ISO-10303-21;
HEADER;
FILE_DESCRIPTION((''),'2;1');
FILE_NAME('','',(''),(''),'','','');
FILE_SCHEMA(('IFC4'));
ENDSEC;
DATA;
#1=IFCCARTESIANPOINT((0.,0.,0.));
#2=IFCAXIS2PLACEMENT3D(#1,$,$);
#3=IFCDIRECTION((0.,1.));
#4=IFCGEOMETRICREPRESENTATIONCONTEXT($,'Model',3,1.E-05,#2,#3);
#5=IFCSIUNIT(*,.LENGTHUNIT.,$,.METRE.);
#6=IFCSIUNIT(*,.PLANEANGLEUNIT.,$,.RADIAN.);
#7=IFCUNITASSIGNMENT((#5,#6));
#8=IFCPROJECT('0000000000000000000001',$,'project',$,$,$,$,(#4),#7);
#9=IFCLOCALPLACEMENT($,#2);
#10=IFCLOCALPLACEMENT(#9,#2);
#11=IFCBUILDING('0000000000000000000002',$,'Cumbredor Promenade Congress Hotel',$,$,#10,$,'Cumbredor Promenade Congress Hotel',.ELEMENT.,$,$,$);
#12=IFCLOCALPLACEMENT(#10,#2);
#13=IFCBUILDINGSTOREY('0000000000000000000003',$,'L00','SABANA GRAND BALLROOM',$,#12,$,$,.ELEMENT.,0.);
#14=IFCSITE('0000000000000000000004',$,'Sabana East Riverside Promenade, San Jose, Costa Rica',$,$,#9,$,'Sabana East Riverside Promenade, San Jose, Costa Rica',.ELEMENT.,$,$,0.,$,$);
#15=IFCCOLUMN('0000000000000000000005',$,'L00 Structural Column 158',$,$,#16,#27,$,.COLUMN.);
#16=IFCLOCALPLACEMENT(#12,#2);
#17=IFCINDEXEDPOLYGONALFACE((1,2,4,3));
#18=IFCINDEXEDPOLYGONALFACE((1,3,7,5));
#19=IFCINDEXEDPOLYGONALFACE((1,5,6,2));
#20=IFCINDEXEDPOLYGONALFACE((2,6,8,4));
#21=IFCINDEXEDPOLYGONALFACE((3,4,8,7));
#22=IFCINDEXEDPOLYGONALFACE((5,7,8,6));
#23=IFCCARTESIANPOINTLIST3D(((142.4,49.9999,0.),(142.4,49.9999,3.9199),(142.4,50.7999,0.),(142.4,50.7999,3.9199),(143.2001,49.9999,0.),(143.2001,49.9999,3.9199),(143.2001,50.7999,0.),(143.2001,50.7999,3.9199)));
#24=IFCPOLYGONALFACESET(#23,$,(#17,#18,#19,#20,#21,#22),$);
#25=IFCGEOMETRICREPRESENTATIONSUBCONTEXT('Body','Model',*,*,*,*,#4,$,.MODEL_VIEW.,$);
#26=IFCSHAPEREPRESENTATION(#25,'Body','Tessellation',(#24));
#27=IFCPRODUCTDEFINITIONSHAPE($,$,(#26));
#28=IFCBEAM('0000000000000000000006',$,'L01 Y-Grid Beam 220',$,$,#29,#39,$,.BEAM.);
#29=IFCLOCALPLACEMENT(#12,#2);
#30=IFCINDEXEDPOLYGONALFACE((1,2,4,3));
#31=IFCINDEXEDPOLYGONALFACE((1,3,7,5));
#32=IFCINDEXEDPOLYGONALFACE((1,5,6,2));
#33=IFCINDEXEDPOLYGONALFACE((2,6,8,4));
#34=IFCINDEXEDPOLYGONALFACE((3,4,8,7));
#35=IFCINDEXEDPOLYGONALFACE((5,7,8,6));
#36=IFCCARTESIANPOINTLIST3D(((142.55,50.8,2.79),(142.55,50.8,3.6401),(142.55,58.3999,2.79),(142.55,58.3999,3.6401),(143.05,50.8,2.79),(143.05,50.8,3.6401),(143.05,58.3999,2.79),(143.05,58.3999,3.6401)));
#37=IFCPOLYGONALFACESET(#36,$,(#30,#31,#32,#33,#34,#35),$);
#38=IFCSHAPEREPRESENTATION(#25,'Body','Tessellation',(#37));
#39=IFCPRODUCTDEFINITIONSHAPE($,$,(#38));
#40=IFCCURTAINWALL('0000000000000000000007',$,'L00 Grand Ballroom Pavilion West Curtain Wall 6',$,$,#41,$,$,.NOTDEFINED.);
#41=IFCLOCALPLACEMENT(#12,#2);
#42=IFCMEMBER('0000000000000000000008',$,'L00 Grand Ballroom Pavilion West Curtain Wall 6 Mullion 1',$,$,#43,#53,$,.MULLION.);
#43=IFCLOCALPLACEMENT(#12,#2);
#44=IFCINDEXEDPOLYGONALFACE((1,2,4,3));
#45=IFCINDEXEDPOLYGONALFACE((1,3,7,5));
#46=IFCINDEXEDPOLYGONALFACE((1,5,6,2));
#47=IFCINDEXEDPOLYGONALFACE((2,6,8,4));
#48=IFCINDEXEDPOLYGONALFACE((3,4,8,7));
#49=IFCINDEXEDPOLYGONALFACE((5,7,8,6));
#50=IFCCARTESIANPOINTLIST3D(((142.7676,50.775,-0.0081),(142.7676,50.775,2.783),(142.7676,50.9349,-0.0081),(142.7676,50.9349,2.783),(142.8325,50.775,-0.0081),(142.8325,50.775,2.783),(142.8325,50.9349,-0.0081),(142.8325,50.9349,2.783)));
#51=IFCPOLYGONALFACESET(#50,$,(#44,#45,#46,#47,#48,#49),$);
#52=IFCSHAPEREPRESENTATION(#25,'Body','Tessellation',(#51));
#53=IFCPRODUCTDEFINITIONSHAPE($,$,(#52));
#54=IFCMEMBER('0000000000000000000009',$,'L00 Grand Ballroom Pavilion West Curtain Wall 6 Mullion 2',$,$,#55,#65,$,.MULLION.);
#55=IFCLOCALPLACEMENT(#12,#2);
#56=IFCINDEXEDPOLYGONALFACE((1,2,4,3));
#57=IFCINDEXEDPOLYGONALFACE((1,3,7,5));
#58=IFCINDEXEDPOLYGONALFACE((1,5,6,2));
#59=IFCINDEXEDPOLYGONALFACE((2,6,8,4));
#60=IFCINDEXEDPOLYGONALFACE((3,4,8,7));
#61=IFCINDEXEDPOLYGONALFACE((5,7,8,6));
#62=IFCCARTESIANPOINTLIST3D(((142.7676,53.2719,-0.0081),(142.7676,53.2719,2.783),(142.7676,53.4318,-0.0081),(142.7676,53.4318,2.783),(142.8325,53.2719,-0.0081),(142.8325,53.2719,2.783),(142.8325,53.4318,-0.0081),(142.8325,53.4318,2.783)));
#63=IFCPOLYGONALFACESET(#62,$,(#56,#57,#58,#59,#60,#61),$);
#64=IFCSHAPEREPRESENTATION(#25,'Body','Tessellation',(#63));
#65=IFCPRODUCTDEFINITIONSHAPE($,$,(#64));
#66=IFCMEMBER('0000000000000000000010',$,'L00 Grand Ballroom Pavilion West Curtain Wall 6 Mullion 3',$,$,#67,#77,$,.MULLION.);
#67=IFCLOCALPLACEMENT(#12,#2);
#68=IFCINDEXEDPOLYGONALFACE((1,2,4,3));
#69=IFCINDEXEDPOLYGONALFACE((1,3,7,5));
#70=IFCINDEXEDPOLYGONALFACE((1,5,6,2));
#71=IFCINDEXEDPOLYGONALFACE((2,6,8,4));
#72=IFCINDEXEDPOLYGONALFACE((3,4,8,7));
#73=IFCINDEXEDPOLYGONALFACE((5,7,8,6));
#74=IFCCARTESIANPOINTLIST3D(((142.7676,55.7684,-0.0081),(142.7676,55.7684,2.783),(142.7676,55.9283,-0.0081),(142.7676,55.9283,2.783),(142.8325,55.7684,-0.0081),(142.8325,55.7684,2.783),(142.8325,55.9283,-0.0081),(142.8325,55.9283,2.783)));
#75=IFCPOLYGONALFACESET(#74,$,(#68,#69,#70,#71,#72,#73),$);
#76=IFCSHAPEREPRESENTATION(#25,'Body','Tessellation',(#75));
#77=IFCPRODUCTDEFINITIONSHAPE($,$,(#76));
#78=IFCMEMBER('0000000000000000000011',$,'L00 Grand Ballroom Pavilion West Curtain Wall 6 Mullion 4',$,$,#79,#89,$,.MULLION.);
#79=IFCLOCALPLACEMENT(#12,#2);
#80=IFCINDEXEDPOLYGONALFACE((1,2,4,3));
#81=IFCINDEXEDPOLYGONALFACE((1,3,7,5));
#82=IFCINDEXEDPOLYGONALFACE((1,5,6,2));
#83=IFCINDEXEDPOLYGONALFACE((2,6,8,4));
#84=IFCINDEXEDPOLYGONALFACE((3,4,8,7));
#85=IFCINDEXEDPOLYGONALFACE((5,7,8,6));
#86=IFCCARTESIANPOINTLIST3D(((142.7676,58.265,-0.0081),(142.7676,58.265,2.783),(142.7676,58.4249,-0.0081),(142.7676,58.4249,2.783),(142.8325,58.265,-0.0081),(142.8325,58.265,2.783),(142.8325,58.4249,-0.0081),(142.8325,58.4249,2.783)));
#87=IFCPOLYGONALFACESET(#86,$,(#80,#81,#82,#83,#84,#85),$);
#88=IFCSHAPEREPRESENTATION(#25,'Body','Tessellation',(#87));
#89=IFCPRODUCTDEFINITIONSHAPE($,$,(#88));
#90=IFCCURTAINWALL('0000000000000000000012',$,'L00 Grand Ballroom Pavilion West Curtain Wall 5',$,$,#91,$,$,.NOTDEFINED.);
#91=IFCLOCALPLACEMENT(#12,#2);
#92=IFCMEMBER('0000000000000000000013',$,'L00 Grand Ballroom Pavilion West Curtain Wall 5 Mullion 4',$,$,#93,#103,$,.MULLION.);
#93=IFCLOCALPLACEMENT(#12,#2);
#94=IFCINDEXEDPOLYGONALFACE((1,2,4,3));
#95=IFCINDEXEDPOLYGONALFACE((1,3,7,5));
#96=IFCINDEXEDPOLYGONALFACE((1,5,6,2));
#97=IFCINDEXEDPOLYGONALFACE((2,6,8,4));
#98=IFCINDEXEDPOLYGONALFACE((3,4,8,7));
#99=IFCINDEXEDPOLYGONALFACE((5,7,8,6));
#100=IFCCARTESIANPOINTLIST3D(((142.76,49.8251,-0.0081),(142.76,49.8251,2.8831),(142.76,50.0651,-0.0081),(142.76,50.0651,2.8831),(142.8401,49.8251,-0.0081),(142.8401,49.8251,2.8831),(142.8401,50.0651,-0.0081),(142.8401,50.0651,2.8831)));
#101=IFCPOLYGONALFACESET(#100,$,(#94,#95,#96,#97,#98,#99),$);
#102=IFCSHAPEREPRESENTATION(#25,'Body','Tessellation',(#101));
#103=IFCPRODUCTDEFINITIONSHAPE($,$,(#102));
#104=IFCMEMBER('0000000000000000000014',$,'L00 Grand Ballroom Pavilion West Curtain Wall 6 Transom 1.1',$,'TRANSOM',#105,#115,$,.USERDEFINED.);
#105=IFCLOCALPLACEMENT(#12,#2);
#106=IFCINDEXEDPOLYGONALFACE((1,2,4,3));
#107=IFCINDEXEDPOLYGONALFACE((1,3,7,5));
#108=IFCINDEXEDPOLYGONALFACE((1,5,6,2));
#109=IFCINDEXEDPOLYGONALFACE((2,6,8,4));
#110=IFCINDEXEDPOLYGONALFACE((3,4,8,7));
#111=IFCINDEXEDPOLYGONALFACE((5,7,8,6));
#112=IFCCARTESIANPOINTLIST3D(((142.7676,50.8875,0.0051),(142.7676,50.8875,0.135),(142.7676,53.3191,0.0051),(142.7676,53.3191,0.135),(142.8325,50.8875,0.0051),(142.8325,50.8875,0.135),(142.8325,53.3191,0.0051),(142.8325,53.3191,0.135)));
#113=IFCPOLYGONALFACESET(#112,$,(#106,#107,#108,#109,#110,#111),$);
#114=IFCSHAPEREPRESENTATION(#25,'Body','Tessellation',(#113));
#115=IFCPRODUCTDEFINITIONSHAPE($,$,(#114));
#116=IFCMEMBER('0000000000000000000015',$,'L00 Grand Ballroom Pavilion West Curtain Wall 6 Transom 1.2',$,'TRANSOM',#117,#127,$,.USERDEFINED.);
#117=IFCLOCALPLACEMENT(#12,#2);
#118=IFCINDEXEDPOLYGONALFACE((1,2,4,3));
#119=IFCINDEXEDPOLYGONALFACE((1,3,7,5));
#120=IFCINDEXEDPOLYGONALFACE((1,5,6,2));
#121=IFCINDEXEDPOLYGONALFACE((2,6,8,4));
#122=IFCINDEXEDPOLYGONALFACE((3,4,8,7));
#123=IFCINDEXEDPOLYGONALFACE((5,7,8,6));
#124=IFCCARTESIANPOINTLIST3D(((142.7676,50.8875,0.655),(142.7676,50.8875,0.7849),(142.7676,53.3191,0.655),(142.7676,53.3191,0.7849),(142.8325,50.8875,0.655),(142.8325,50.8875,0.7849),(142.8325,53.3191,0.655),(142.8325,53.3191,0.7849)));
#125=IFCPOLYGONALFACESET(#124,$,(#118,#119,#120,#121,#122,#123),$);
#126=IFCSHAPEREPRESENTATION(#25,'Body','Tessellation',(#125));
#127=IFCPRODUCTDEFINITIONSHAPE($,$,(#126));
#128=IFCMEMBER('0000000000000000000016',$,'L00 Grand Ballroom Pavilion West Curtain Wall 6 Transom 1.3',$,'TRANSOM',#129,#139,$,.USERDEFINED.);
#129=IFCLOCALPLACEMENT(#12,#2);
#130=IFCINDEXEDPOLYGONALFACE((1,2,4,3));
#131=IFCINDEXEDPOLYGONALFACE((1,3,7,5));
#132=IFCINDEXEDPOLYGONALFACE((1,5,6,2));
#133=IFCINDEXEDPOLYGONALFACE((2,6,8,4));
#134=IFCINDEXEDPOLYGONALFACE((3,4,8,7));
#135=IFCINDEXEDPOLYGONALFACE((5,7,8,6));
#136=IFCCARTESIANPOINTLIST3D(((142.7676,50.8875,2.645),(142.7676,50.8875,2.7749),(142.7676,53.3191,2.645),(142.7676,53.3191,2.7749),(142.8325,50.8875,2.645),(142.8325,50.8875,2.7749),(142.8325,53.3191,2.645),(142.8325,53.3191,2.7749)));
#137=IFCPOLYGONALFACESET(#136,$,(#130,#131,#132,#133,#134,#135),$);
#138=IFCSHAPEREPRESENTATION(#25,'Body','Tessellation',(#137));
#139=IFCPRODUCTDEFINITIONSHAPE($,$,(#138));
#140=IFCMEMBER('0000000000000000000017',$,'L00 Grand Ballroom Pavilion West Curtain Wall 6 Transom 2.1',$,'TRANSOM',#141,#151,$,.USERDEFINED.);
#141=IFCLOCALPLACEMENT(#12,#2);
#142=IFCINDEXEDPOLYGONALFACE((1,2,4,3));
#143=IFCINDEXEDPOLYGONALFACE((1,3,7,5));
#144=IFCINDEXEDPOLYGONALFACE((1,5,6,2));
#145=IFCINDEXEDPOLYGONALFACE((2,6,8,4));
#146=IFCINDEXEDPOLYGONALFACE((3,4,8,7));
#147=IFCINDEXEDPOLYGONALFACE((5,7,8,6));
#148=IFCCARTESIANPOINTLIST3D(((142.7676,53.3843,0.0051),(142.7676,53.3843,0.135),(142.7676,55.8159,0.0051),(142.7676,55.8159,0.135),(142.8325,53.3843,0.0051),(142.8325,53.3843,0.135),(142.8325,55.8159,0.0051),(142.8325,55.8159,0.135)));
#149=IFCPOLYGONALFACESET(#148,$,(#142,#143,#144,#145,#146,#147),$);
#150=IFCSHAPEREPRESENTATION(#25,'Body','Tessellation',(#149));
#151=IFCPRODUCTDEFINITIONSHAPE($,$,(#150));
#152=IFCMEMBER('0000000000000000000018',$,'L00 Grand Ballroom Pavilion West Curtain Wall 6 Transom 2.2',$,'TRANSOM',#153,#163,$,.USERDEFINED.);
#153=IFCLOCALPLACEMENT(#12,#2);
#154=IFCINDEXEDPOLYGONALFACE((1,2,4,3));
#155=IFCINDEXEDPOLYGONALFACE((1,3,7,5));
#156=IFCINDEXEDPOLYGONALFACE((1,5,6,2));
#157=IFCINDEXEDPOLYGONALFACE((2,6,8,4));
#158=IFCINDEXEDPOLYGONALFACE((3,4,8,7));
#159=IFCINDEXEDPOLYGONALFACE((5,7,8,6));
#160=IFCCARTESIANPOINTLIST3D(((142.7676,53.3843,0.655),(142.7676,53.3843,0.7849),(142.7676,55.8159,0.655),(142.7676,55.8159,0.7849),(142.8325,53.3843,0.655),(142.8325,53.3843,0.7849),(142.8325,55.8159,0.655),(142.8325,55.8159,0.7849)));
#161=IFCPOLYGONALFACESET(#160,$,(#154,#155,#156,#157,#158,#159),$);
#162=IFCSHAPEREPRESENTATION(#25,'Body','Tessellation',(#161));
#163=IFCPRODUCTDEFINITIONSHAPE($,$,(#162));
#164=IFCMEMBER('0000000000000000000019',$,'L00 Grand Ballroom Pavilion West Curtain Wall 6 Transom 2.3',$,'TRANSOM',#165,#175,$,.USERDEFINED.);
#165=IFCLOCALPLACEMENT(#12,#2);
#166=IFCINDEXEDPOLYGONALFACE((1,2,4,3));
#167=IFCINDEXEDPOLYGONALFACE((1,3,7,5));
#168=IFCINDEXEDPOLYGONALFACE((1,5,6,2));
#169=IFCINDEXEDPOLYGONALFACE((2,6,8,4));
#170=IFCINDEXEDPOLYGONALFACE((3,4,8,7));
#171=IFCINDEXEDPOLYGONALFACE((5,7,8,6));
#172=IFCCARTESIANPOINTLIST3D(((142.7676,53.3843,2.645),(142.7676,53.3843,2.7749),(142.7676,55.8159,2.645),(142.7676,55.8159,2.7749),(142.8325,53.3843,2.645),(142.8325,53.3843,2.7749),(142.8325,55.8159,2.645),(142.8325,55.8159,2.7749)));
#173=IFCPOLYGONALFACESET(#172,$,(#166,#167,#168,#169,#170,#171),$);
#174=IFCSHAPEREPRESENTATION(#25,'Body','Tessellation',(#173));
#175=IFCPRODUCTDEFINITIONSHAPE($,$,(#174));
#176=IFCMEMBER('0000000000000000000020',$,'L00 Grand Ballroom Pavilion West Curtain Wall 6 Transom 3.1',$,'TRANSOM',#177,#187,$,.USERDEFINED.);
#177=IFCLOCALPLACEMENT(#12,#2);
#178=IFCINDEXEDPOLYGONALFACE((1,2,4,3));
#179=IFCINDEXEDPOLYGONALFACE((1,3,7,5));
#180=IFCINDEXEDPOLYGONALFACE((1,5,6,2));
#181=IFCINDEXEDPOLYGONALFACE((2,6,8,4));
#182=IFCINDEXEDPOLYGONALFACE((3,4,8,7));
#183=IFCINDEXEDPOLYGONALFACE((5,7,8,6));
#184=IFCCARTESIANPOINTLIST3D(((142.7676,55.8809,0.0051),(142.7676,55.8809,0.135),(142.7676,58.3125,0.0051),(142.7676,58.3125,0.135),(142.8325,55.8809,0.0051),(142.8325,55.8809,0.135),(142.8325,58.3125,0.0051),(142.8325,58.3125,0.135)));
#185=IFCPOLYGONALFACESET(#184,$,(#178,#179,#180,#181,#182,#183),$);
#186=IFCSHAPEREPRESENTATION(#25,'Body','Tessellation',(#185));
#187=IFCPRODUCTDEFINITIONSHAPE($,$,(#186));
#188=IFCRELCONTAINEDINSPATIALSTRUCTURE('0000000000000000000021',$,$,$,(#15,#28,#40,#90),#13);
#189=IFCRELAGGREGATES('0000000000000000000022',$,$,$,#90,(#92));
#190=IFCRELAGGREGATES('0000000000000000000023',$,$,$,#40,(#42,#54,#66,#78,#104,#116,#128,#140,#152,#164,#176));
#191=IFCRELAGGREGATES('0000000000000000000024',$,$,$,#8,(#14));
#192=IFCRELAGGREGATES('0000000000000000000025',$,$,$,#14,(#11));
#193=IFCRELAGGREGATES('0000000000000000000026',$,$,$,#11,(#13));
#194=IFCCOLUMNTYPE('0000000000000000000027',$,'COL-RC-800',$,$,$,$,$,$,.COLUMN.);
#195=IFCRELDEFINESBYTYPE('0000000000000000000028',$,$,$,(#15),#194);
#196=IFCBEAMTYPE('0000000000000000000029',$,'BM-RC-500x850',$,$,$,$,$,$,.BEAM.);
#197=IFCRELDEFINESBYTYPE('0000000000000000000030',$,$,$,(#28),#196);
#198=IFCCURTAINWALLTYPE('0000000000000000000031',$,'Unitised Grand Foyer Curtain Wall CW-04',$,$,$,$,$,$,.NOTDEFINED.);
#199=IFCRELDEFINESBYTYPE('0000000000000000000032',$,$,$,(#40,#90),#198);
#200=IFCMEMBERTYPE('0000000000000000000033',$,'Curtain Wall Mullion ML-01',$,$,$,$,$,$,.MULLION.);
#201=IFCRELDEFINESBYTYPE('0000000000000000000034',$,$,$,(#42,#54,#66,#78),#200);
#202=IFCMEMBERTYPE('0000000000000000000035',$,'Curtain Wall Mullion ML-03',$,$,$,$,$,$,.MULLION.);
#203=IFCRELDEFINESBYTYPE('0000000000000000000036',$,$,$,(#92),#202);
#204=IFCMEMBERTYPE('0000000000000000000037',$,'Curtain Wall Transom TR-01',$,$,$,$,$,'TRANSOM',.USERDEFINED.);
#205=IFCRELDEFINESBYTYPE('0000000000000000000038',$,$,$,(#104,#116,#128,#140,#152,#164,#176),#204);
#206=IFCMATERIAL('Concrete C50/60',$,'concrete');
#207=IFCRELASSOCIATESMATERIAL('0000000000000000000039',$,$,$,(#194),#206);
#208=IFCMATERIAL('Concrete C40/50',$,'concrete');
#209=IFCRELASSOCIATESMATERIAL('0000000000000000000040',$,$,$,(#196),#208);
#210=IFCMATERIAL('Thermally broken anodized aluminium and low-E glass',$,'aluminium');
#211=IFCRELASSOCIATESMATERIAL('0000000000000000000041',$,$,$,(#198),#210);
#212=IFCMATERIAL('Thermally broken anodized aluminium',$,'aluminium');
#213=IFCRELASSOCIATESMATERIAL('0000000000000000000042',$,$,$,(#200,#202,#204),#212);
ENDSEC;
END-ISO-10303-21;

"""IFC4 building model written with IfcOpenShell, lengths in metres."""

from ifc_helpers import new_model, si_unit, direction, frame, origin, origin_2d, place, context, subcontext, project, spatial, rectangle, extrude, material, material_profile, profile_set, type_object, element, aggregate, save


model = new_model("IFC4")

# Units and contexts
model_context = context("Model", 3, precision=1e-05, world=origin(), true_north=direction((0.0, 1.0)))
body_context = subcontext(model_context, "Body", "Model", "MODEL_VIEW")
ifc_project = project(units=[si_unit("LENGTHUNIT", "METRE"), si_unit("PLANEANGLEUNIT", "RADIAN")], contexts=[model_context])

# Site, building, storey
site_placement = place(None, origin())
site = spatial("IfcSite", under=ifc_project, at=site_placement, Name="Sabana East Riverside Promenade, San Jose, Costa Rica", LongName="Sabana East Riverside Promenade, San Jose, Costa Rica", CompositionType="ELEMENT", RefElevation=0.0)
building_placement = place(site_placement, origin())
building = spatial("IfcBuilding", under=site, at=building_placement, Name="Cumbredor Promenade Congress Hotel", LongName="Cumbredor Promenade Congress Hotel", CompositionType="ELEMENT")
storey_placement = place(building_placement, origin())
storey = spatial("IfcBuildingStorey", under=building, at=storey_placement, Name="L00", Description="SABANA GRAND BALLROOM", CompositionType="ELEMENT", Elevation=0.0)

# Column
ifc_material_1 = material(Name="Concrete C50/60", Category="concrete")
ifc_material_profile_1 = material_profile(ifc_material_1, rectangle(XDim=0.8, YDim=0.8, at=origin_2d()), Name="RC 800x800")
ifc_profile_set_1 = profile_set([ifc_material_profile_1], Name="Concrete C50/60")
column_type = type_object("IfcColumnType", Name="COL-RC-800", PredefinedType="COLUMN", material=ifc_profile_set_1)
column_placement = place(storey_placement, frame((142.8, 50.3999, 0.0), z_axis=(0.0, 0.0, 1.0), x_axis=(1.0, 0.0, 0.0)))
element("IfcColumn", 1, at=column_placement, inside=storey, type_object=column_type, Name="L00 Structural Column 158", PredefinedType="COLUMN", context=body_context, shape_type="SweptSolid", body=[
    extrude(rectangle(XDim=0.8, YDim=0.8, at=origin_2d()), origin(), (0.0, 0.0, 1.0), 3.9199),
])

# Beam
ifc_material_2 = material(Name="Concrete C40/50", Category="concrete")
ifc_material_profile_2 = material_profile(ifc_material_2, rectangle(XDim=0.5, YDim=0.8501, at=origin_2d()), Name="RC BEAM 500x850")
ifc_profile_set_2 = profile_set([ifc_material_profile_2], Name="Concrete C40/50")
beam_type = type_object("IfcBeamType", Name="BM-RC-500x850", PredefinedType="BEAM", material=ifc_profile_set_2)
beam_placement = place(storey_placement, frame((142.8, 50.8, 3.2151), z_axis=(0.0, 1.0, 0.0), x_axis=(-1.0, 0.0, 0.0)))
element("IfcBeam", 2, at=beam_placement, inside=storey, type_object=beam_type, Name="L01 Y-Grid Beam 220", PredefinedType="BEAM", context=body_context, shape_type="SweptSolid", body=[
    extrude(rectangle(XDim=0.5, YDim=0.8501, at=origin_2d()), origin(), (0.0, 0.0, 1.0), 7.5999),
])

# Curtain wall, members
ifc_material_3 = material(Name="Thermally broken anodized aluminium and low-E glass", Category="aluminium")
curtain_wall_type = type_object("IfcCurtainWallType", Name="Unitised Grand Foyer Curtain Wall CW-04", PredefinedType="NOTDEFINED", material=ifc_material_3)
curtain_wall_1_placement = place(storey_placement, origin())
curtain_wall_1 = element("IfcCurtainWall", 3, at=curtain_wall_1_placement, inside=storey, type_object=curtain_wall_type, Name="L00 Grand Ballroom Pavilion West Curtain Wall 6", PredefinedType="NOTDEFINED")
ifc_material_4 = material(Name="Thermally broken anodized aluminium", Category="aluminium")
ifc_material_profile_3 = material_profile(ifc_material_4, rectangle(XDim=0.0649, YDim=0.1599, at=origin_2d()), Name="ALU MULLION 65x160")
ifc_profile_set_3 = profile_set([ifc_material_profile_3], Name="Thermally broken anodized aluminium")
member_type_1 = type_object("IfcMemberType", Name="Curtain Wall Mullion ML-01", PredefinedType="MULLION", material=ifc_profile_set_3)
member_1_placement = place(storey_placement, frame((142.8, 50.855, -0.0081), z_axis=(0.0, 0.0, 1.0), x_axis=(1.0, 0.0, 0.0)))
member_1 = element("IfcMember", 4, at=member_1_placement, type_object=member_type_1, Name="L00 Grand Ballroom Pavilion West Curtain Wall 6 Mullion 1", PredefinedType="MULLION", context=body_context, shape_type="SweptSolid", body=[
    extrude(rectangle(XDim=0.0649, YDim=0.1599, at=origin_2d()), origin(), (0.0, 0.0, 1.0), 2.791),
])
member_2_placement = place(storey_placement, frame((142.8, 53.3518, -0.0081), z_axis=(0.0, 0.0, 1.0), x_axis=(1.0, 0.0, 0.0)))
member_2 = element("IfcMember", 5, at=member_2_placement, type_object=member_type_1, Name="L00 Grand Ballroom Pavilion West Curtain Wall 6 Mullion 2", PredefinedType="MULLION", context=body_context, shape_type="SweptSolid", body=[
    extrude(rectangle(XDim=0.0649, YDim=0.1599, at=origin_2d()), origin(), (0.0, 0.0, 1.0), 2.791),
])
member_3_placement = place(storey_placement, frame((142.8, 55.8484, -0.0081), z_axis=(0.0, 0.0, 1.0), x_axis=(1.0, 0.0, 0.0)))
member_3 = element("IfcMember", 6, at=member_3_placement, type_object=member_type_1, Name="L00 Grand Ballroom Pavilion West Curtain Wall 6 Mullion 3", PredefinedType="MULLION", context=body_context, shape_type="SweptSolid", body=[
    extrude(rectangle(XDim=0.0649, YDim=0.1599, at=origin_2d()), origin(), (0.0, 0.0, 1.0), 2.791),
])
member_4_placement = place(storey_placement, frame((142.8, 58.345, -0.0081), z_axis=(0.0, 0.0, 1.0), x_axis=(1.0, 0.0, 0.0)))
member_4 = element("IfcMember", 7, at=member_4_placement, type_object=member_type_1, Name="L00 Grand Ballroom Pavilion West Curtain Wall 6 Mullion 4", PredefinedType="MULLION", context=body_context, shape_type="SweptSolid", body=[
    extrude(rectangle(XDim=0.0649, YDim=0.1599, at=origin_2d()), origin(), (0.0, 0.0, 1.0), 2.791),
])

# Curtain wall, member
curtain_wall_2_placement = place(storey_placement, origin())
curtain_wall_2 = element("IfcCurtainWall", 8, at=curtain_wall_2_placement, inside=storey, type_object=curtain_wall_type, Name="L00 Grand Ballroom Pavilion West Curtain Wall 5", PredefinedType="NOTDEFINED")
ifc_material_profile_4 = material_profile(ifc_material_4, rectangle(XDim=0.0801, YDim=0.24, at=origin_2d()), Name="ALU MULLION 80x240")
ifc_profile_set_4 = profile_set([ifc_material_profile_4], Name="Thermally broken anodized aluminium")
member_type_2 = type_object("IfcMemberType", Name="Curtain Wall Mullion ML-03", PredefinedType="MULLION", material=ifc_profile_set_4)
member_5_placement = place(storey_placement, frame((142.8, 49.9451, -0.0081), z_axis=(0.0, 0.0, 1.0), x_axis=(1.0, 0.0, 0.0)))
member_5 = element("IfcMember", 9, at=member_5_placement, type_object=member_type_2, Name="L00 Grand Ballroom Pavilion West Curtain Wall 5 Mullion 4", PredefinedType="MULLION", context=body_context, shape_type="SweptSolid", body=[
    extrude(rectangle(XDim=0.0801, YDim=0.24, at=origin_2d()), origin(), (0.0, 0.0, 1.0), 2.8911),
])
aggregate(curtain_wall_2, [member_5])

# Members
ifc_material_profile_5 = material_profile(ifc_material_4, rectangle(XDim=0.0649, YDim=0.1299, at=origin_2d()), Name="ALU TRANSOM 65x130")
ifc_profile_set_5 = profile_set([ifc_material_profile_5], Name="Thermally broken anodized aluminium")
member_type_3 = type_object("IfcMemberType", Name="Curtain Wall Transom TR-01", ElementType="TRANSOM", PredefinedType="USERDEFINED", material=ifc_profile_set_5)
member_6_placement = place(storey_placement, frame((142.8, 50.8875, 0.0701), z_axis=(0.0, 1.0, 0.0), x_axis=(-1.0, 0.0, 0.0)))
member_6 = element("IfcMember", 10, at=member_6_placement, type_object=member_type_3, Name="L00 Grand Ballroom Pavilion West Curtain Wall 6 Transom 1.1", ObjectType="TRANSOM", PredefinedType="USERDEFINED", context=body_context, shape_type="SweptSolid", body=[
    extrude(rectangle(XDim=0.0649, YDim=0.1299, at=origin_2d()), origin(), (0.0, 0.0, 1.0), 2.4316),
])
member_7_placement = place(storey_placement, frame((142.8, 50.8875, 0.72), z_axis=(0.0, 1.0, 0.0), x_axis=(-1.0, 0.0, 0.0)))
member_7 = element("IfcMember", 11, at=member_7_placement, type_object=member_type_3, Name="L00 Grand Ballroom Pavilion West Curtain Wall 6 Transom 1.2", ObjectType="TRANSOM", PredefinedType="USERDEFINED", context=body_context, shape_type="SweptSolid", body=[
    extrude(rectangle(XDim=0.0649, YDim=0.1299, at=origin_2d()), origin(), (0.0, 0.0, 1.0), 2.4316),
])
member_8_placement = place(storey_placement, frame((142.8, 50.8875, 2.71), z_axis=(0.0, 1.0, 0.0), x_axis=(-1.0, 0.0, 0.0)))
member_8 = element("IfcMember", 12, at=member_8_placement, type_object=member_type_3, Name="L00 Grand Ballroom Pavilion West Curtain Wall 6 Transom 1.3", ObjectType="TRANSOM", PredefinedType="USERDEFINED", context=body_context, shape_type="SweptSolid", body=[
    extrude(rectangle(XDim=0.0649, YDim=0.1299, at=origin_2d()), origin(), (0.0, 0.0, 1.0), 2.4316),
])
member_9_placement = place(storey_placement, frame((142.8, 53.3843, 0.0701), z_axis=(0.0, 1.0, 0.0), x_axis=(-1.0, 0.0, 0.0)))
member_9 = element("IfcMember", 13, at=member_9_placement, type_object=member_type_3, Name="L00 Grand Ballroom Pavilion West Curtain Wall 6 Transom 2.1", ObjectType="TRANSOM", PredefinedType="USERDEFINED", context=body_context, shape_type="SweptSolid", body=[
    extrude(rectangle(XDim=0.0649, YDim=0.1299, at=origin_2d()), origin(), (0.0, 0.0, 1.0), 2.4316),
])
member_10_placement = place(storey_placement, frame((142.8, 53.3843, 0.72), z_axis=(0.0, 1.0, 0.0), x_axis=(-1.0, 0.0, 0.0)))
member_10 = element("IfcMember", 14, at=member_10_placement, type_object=member_type_3, Name="L00 Grand Ballroom Pavilion West Curtain Wall 6 Transom 2.2", ObjectType="TRANSOM", PredefinedType="USERDEFINED", context=body_context, shape_type="SweptSolid", body=[
    extrude(rectangle(XDim=0.0649, YDim=0.1299, at=origin_2d()), origin(), (0.0, 0.0, 1.0), 2.4316),
])
member_11_placement = place(storey_placement, frame((142.8, 53.3843, 2.71), z_axis=(0.0, 1.0, 0.0), x_axis=(-1.0, 0.0, 0.0)))
member_11 = element("IfcMember", 15, at=member_11_placement, type_object=member_type_3, Name="L00 Grand Ballroom Pavilion West Curtain Wall 6 Transom 2.3", ObjectType="TRANSOM", PredefinedType="USERDEFINED", context=body_context, shape_type="SweptSolid", body=[
    extrude(rectangle(XDim=0.0649, YDim=0.1299, at=origin_2d()), origin(), (0.0, 0.0, 1.0), 2.4316),
])
member_12_placement = place(storey_placement, frame((142.8, 55.8809, 0.0701), z_axis=(0.0, 1.0, 0.0), x_axis=(-1.0, 0.0, 0.0)))
member_12 = element("IfcMember", 16, at=member_12_placement, type_object=member_type_3, Name="L00 Grand Ballroom Pavilion West Curtain Wall 6 Transom 3.1", ObjectType="TRANSOM", PredefinedType="USERDEFINED", context=body_context, shape_type="SweptSolid", body=[
    extrude(rectangle(XDim=0.0649, YDim=0.1299, at=origin_2d()), origin(), (0.0, 0.0, 1.0), 2.4316),
])

aggregate(curtain_wall_1, [member_1, member_2, member_3, member_4, member_6, member_7, member_8, member_9, member_10, member_11, member_12])

save(model, "model.ifc")
